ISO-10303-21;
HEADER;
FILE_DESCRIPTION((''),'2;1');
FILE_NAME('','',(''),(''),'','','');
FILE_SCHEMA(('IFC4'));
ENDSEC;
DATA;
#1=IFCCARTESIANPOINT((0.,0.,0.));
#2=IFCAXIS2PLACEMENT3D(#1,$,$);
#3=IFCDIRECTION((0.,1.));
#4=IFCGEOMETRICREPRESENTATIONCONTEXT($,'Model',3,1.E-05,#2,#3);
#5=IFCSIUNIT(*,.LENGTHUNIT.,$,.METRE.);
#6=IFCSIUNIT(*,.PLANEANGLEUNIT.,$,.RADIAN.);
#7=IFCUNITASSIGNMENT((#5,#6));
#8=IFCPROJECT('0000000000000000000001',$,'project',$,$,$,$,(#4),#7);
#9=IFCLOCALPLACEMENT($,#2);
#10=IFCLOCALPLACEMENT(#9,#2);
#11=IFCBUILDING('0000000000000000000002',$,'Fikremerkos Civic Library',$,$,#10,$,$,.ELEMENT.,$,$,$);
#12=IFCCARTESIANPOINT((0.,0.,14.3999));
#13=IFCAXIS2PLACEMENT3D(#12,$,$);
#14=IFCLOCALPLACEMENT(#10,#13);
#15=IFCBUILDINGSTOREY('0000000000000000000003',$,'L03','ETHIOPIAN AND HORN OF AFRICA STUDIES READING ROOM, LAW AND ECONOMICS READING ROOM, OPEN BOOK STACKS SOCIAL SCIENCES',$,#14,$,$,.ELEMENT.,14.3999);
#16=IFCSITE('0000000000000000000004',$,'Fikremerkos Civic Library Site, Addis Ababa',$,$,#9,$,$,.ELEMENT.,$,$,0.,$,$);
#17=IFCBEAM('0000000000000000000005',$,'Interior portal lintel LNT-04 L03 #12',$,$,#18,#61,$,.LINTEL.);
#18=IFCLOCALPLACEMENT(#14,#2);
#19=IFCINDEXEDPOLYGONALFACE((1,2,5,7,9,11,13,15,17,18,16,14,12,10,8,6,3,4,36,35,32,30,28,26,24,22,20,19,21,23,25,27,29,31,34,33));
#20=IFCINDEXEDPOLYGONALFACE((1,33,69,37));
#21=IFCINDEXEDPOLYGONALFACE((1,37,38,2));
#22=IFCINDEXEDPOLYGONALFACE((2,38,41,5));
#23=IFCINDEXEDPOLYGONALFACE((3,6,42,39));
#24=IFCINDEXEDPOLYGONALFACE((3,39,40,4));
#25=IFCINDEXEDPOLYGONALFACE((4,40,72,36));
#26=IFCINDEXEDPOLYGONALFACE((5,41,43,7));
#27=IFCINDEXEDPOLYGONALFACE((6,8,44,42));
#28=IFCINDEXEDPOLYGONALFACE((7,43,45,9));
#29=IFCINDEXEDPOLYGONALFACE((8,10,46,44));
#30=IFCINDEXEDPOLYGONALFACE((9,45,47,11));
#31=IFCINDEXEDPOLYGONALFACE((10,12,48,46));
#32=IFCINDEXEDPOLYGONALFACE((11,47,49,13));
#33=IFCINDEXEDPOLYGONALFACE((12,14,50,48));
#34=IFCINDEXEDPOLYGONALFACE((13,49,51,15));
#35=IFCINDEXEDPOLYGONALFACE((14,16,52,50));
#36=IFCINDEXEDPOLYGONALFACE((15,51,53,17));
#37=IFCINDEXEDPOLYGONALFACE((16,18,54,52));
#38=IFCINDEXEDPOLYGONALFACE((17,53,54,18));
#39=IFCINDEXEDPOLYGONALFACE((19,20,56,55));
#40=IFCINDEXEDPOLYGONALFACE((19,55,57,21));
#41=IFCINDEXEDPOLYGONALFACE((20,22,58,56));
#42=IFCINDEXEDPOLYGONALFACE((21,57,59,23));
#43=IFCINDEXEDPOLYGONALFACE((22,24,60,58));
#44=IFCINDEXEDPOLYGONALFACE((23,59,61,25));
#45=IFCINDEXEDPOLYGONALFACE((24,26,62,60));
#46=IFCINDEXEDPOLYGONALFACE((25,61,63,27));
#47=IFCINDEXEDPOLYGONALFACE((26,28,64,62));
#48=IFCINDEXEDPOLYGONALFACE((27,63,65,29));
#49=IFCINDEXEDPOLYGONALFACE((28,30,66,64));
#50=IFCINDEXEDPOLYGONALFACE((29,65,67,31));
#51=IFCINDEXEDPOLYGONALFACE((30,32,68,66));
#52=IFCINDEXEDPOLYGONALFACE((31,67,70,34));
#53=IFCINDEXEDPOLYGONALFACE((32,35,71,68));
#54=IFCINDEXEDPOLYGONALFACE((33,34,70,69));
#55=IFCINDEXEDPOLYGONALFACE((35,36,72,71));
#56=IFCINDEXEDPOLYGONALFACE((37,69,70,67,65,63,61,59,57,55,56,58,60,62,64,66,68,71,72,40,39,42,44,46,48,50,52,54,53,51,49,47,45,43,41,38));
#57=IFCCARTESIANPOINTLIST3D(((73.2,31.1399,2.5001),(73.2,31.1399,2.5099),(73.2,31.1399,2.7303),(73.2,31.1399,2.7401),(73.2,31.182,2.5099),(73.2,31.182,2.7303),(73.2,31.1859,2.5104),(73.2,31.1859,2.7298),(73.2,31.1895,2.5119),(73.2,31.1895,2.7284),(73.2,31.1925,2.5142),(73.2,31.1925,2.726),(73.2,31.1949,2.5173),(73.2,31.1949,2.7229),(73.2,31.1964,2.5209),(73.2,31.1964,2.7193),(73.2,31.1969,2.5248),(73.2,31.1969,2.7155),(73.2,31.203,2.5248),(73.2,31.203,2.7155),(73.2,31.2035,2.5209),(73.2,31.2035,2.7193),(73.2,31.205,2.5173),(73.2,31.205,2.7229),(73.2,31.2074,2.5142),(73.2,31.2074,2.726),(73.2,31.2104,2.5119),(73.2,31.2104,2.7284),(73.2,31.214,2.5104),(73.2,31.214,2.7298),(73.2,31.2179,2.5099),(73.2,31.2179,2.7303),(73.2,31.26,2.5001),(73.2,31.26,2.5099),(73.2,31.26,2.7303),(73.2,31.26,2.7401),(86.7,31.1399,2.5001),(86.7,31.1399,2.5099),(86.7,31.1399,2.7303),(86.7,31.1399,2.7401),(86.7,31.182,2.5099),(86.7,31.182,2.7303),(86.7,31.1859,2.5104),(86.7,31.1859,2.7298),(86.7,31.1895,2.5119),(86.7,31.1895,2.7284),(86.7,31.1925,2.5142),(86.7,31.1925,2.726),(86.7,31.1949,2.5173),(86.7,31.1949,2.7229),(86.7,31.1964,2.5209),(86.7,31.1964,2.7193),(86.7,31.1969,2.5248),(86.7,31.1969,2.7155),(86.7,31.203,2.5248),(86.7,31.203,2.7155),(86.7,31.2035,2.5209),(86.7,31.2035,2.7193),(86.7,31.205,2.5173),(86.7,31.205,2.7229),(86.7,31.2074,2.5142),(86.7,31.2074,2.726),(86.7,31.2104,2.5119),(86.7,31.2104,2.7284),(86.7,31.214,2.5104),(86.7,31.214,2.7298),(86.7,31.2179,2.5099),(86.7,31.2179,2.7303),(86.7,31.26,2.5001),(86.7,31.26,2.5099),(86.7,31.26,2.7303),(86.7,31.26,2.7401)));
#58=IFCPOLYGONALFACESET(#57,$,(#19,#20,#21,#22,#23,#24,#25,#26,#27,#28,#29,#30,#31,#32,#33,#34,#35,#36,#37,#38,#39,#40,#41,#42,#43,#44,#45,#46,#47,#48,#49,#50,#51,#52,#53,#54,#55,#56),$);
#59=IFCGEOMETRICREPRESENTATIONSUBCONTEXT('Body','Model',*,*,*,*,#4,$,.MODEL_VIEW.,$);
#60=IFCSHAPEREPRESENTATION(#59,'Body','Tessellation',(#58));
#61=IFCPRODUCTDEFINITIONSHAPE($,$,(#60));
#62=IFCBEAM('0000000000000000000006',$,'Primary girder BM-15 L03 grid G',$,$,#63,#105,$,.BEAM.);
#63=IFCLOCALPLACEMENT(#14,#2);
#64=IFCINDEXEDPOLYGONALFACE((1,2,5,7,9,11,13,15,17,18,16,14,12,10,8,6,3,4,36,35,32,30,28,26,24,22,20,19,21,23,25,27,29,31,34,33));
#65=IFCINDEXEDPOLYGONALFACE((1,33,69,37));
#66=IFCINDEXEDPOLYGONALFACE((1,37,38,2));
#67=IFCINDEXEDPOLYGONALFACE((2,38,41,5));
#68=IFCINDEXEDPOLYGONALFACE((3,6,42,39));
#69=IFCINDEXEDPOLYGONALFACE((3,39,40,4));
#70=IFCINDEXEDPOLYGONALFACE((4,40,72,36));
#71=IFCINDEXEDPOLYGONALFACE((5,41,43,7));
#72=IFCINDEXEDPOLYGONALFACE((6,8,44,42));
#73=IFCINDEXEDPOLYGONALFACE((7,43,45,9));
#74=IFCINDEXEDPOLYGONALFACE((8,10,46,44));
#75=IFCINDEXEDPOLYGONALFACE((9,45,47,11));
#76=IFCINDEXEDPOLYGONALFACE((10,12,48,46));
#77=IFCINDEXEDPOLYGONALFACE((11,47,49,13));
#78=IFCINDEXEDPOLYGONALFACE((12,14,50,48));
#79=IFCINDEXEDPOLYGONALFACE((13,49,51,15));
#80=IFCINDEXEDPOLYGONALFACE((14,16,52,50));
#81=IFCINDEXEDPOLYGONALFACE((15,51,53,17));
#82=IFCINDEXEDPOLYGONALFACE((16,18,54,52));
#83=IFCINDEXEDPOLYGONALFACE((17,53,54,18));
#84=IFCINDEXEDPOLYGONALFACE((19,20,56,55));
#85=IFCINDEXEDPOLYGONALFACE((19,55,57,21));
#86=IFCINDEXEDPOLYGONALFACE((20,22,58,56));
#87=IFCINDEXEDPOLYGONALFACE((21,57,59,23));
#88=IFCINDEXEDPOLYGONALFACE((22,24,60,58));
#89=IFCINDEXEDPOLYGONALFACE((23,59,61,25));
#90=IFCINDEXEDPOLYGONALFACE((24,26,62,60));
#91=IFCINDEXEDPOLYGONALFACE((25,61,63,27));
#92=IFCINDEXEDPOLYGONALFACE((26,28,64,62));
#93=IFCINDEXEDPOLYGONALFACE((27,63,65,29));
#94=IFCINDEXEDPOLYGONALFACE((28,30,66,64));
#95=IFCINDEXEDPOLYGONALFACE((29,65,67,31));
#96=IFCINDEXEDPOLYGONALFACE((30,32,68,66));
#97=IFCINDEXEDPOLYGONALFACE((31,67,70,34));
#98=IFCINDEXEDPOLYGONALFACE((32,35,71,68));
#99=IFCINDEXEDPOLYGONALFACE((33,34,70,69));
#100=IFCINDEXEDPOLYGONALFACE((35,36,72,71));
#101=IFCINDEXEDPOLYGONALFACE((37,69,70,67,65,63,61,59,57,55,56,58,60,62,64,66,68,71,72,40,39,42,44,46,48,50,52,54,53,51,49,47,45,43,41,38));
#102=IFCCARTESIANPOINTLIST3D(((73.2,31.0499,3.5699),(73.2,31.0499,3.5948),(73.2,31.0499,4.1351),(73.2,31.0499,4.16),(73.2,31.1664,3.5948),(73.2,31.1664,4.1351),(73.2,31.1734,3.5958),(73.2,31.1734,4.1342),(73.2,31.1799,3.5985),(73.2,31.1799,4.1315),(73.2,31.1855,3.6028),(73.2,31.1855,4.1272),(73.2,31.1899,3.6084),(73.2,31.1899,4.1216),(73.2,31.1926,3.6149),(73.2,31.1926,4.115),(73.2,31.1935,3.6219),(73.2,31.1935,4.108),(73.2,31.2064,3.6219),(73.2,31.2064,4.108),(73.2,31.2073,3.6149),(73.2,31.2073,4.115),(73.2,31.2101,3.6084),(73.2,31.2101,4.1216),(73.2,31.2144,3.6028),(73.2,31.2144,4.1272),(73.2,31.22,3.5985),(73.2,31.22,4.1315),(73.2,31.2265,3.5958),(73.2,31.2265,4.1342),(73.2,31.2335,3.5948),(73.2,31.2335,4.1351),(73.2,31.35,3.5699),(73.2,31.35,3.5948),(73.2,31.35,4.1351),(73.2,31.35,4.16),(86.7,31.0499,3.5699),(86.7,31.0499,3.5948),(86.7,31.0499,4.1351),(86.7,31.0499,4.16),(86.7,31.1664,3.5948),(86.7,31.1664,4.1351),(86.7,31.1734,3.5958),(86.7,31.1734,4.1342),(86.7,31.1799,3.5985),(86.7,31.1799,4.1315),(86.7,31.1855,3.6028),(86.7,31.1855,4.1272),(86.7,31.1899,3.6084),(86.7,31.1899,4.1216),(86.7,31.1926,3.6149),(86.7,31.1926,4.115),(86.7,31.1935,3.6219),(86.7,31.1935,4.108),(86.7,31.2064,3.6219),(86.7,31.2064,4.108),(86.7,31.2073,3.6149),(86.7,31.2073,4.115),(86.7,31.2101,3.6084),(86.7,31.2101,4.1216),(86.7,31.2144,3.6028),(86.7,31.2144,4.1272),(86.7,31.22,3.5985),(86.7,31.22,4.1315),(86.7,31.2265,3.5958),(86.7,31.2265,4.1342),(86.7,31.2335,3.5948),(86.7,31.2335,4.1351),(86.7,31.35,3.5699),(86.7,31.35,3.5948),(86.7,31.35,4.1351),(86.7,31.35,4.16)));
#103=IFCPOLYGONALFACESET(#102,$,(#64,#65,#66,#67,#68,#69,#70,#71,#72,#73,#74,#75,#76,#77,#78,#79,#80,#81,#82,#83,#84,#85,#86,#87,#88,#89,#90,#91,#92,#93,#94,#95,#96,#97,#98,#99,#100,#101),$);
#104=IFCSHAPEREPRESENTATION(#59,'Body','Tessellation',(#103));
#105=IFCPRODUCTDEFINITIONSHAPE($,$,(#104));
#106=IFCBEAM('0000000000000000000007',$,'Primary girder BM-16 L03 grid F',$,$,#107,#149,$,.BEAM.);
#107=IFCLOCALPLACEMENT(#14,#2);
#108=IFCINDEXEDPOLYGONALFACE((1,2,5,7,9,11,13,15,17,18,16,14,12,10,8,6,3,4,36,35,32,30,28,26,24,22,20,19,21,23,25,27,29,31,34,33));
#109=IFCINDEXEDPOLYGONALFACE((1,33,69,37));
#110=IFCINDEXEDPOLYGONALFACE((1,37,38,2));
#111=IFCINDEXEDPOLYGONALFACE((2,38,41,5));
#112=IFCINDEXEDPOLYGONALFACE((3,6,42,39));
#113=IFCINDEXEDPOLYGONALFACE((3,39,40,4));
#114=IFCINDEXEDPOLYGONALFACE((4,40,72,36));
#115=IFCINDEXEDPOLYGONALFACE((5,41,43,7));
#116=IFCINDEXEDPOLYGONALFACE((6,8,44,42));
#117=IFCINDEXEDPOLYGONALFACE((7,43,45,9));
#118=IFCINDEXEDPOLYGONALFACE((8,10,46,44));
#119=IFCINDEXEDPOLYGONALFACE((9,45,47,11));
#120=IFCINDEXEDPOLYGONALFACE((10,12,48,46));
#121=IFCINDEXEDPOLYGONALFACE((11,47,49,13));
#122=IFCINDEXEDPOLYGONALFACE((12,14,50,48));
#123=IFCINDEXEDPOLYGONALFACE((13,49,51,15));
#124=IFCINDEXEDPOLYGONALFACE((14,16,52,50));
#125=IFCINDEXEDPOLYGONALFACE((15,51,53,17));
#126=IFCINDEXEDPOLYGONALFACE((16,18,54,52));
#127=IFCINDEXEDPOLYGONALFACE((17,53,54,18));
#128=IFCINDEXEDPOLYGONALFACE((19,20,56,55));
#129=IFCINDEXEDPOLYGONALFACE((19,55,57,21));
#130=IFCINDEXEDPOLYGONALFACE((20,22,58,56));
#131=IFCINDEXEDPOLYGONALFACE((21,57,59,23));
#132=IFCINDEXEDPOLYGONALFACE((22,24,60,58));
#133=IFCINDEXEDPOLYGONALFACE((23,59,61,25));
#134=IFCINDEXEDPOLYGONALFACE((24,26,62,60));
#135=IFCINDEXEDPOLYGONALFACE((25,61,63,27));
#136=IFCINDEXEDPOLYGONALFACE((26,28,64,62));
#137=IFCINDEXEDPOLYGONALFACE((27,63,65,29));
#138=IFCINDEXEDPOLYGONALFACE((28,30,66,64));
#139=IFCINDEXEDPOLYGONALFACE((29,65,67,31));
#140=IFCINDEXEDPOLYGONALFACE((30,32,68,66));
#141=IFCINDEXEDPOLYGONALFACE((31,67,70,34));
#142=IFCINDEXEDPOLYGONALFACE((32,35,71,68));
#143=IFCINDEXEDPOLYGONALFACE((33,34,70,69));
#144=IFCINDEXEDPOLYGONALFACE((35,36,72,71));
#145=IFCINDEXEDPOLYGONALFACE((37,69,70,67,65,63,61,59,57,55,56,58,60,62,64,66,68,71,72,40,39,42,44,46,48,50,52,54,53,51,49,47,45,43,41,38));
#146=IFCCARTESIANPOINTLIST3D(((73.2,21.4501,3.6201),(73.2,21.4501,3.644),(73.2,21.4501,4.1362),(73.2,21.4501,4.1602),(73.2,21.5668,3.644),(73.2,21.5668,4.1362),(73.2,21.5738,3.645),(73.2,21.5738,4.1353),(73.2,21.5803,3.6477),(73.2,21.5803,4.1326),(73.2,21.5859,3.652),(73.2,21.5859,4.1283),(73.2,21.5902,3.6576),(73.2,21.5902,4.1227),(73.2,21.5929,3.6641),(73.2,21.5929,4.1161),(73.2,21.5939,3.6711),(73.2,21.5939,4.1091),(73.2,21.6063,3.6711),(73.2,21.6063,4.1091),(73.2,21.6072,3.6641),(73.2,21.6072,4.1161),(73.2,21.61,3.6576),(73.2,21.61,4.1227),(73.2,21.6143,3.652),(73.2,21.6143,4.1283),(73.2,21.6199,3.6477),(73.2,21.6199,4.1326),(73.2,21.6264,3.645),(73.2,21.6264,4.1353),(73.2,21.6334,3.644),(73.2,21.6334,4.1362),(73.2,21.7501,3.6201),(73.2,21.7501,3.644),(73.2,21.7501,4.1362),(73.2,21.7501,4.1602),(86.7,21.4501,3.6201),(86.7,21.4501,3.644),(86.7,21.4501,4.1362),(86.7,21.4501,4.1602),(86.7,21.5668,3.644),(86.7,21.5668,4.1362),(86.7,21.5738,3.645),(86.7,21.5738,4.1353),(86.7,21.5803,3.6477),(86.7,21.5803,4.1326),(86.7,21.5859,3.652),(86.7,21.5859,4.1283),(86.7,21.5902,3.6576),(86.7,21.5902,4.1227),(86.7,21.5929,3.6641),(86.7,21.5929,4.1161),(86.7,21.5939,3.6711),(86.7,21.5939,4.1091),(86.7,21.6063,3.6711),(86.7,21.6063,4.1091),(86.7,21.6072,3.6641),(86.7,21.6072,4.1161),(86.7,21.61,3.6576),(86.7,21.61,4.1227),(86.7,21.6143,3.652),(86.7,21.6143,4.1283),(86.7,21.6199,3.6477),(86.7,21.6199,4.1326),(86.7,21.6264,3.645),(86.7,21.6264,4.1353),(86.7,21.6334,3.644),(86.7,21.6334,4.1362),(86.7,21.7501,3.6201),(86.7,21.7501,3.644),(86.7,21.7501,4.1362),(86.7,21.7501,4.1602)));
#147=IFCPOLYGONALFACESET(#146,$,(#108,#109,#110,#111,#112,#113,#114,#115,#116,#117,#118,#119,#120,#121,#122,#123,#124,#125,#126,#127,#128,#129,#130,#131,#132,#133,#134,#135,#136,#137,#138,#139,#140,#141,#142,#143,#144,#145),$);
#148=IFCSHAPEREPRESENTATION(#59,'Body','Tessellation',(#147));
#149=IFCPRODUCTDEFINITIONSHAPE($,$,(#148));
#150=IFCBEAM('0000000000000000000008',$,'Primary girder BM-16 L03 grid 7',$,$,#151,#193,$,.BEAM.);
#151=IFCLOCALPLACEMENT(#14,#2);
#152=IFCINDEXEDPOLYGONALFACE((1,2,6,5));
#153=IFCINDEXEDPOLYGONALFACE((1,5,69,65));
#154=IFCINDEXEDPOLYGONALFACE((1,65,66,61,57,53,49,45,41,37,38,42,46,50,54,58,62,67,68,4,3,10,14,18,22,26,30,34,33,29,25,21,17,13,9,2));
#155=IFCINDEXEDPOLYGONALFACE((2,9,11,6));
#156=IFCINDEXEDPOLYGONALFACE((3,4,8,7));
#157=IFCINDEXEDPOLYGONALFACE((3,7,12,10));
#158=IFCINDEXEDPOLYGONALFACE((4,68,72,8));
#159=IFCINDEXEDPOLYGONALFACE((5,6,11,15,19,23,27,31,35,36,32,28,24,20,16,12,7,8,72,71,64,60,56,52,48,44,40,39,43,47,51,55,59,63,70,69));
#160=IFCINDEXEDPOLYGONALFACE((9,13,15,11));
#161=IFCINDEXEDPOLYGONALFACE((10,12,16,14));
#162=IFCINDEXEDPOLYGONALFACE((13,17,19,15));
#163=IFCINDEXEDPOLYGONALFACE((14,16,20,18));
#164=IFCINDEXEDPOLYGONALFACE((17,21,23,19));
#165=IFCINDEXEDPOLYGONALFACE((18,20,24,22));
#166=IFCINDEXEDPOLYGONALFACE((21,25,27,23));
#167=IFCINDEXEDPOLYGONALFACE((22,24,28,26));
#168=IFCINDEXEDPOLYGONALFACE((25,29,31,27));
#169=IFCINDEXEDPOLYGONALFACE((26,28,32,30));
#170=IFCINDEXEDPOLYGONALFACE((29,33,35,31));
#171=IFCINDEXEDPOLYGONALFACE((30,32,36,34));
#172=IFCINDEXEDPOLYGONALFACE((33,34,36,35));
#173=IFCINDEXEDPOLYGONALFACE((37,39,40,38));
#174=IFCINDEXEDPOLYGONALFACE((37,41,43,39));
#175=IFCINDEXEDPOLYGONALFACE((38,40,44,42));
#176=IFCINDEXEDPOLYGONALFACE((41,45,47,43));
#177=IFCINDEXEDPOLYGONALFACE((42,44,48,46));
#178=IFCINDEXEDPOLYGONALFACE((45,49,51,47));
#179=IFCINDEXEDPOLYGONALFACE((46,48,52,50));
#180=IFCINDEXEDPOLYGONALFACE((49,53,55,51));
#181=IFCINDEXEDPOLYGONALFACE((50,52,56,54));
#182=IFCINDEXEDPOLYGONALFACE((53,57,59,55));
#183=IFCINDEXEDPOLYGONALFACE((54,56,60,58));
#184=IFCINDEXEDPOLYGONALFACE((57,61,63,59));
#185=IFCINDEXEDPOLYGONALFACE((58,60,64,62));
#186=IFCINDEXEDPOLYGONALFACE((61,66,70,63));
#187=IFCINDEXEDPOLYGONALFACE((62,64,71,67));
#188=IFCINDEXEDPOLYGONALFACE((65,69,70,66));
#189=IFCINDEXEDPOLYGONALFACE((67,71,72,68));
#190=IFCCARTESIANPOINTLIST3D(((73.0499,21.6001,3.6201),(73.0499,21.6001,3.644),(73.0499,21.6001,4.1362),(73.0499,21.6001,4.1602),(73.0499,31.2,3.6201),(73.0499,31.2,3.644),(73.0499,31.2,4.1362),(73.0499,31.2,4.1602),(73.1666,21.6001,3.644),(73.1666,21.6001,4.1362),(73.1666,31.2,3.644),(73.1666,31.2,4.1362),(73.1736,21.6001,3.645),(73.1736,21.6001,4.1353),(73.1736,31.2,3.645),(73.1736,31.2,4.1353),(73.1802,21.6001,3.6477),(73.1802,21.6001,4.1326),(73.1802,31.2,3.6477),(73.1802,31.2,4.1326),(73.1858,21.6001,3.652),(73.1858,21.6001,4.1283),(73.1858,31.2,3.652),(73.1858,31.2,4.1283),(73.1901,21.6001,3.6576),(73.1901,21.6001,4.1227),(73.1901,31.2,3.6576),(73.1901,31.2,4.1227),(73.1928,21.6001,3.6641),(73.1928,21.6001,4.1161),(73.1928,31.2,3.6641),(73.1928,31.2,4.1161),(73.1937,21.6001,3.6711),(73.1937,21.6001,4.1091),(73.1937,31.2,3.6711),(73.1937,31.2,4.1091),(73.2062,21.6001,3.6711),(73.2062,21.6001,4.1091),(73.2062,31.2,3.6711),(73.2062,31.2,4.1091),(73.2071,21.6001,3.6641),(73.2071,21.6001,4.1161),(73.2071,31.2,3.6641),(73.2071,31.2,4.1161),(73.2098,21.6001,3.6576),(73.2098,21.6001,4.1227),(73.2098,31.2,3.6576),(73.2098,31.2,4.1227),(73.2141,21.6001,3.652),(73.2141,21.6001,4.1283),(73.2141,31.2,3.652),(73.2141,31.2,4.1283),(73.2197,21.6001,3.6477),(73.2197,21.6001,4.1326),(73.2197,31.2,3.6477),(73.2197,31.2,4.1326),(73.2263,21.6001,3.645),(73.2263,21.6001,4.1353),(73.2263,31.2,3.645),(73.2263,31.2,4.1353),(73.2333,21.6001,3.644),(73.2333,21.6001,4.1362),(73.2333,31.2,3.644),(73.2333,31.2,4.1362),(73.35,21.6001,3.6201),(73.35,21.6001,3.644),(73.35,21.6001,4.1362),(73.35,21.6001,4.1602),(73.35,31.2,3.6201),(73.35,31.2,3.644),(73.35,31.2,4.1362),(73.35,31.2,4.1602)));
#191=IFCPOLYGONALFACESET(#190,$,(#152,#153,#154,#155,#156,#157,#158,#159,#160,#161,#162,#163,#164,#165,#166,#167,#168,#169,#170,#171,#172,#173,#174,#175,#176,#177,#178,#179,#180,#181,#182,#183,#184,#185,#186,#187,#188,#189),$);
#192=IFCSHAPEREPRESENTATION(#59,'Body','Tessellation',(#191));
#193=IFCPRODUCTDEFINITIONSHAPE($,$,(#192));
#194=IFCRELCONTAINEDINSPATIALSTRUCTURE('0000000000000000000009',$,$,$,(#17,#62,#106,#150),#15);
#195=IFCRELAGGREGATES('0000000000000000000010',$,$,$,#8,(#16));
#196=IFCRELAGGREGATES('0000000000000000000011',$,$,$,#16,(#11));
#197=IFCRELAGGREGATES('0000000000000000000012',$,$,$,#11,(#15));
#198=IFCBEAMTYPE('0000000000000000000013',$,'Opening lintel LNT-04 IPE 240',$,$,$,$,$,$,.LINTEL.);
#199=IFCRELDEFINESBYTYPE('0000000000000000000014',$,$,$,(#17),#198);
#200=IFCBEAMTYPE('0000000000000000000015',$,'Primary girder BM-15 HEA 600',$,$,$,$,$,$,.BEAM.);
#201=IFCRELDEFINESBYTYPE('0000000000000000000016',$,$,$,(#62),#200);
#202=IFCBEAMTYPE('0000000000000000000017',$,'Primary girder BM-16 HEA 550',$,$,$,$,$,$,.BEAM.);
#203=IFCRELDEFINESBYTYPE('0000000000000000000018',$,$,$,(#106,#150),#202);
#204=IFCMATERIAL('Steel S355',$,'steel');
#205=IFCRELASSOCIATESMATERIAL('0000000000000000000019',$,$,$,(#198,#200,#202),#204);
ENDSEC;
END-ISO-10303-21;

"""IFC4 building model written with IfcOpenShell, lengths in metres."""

from ifc_helpers import new_model, si_unit, direction, frame, origin, origin_2d, place, context, subcontext, project, spatial, i_section, extrude, material, material_profile, profile_set, type_object, element, save


model = new_model("IFC4")

# Units and contexts
model_context = context("Model", 3, precision=1e-05, world=origin(), true_north=direction((0.0, 1.0)))
body_context = subcontext(model_context, "Body", "Model", "MODEL_VIEW")
ifc_project = project(units=[si_unit("LENGTHUNIT", "METRE"), si_unit("PLANEANGLEUNIT", "RADIAN")], contexts=[model_context])

# Site, building, storey
site_placement = place(None, origin())
site = spatial("IfcSite", under=ifc_project, at=site_placement, Name="Fikremerkos Civic Library Site, Addis Ababa", CompositionType="ELEMENT", RefElevation=0.0)
building_placement = place(site_placement, origin())
building = spatial("IfcBuilding", under=site, at=building_placement, Name="Fikremerkos Civic Library", CompositionType="ELEMENT")
storey_placement = place(building_placement, frame((0.0, 0.0, 14.3999)))
storey = spatial("IfcBuildingStorey", under=building, at=storey_placement, Name="L03", Description="ETHIOPIAN AND HORN OF AFRICA STUDIES READING ROOM, LAW AND ECONOMICS READING ROOM, OPEN BOOK STACKS SOCIAL SCIENCES", CompositionType="ELEMENT", Elevation=14.3999)

# Shared definitions
ifc_material_1 = material(Name="Steel S355", Category="steel")

# Beams
ifc_material_profile_1 = material_profile(ifc_material_1, i_section(OverallWidth=0.1201, OverallDepth=0.24, WebThickness=0.0061, FlangeThickness=0.0098, FilletRadius=0.0149, at=origin_2d()), Name="IPE 240")
ifc_profile_set_1 = profile_set([ifc_material_profile_1], Name="Steel S355")
beam_type_1 = type_object("IfcBeamType", Name="Opening lintel LNT-04 IPE 240", PredefinedType="LINTEL", material=ifc_profile_set_1)
beam_1_placement = place(storey_placement, frame((73.2, 31.2, 2.6201), z_axis=(1.0, 0.0, 0.0), x_axis=(0.0, 1.0, 0.0)))
element("IfcBeam", 1, at=beam_1_placement, inside=storey, type_object=beam_type_1, Name="Interior portal lintel LNT-04 L03 #12", PredefinedType="LINTEL", context=body_context, shape_type="SweptSolid", body=[
    extrude(i_section(OverallWidth=0.1201, OverallDepth=0.24, WebThickness=0.0061, FlangeThickness=0.0098, FilletRadius=0.0149, at=origin_2d()), origin(), (0.0, 0.0, 1.0), 13.5),
])
ifc_material_profile_2 = material_profile(ifc_material_1, i_section(OverallWidth=0.3, OverallDepth=0.5901, WebThickness=0.0129, FlangeThickness=0.0249, FilletRadius=0.0271, at=origin_2d()), Name="HEA 600")
ifc_profile_set_2 = profile_set([ifc_material_profile_2], Name="Steel S355")
beam_type_2 = type_object("IfcBeamType", Name="Primary girder BM-15 HEA 600", PredefinedType="BEAM", material=ifc_profile_set_2)
beam_2_placement = place(storey_placement, frame((73.2, 31.2, 3.865), z_axis=(1.0, 0.0, 0.0), x_axis=(0.0, 1.0, 0.0)))
element("IfcBeam", 2, at=beam_2_placement, inside=storey, type_object=beam_type_2, Name="Primary girder BM-15 L03 grid G", PredefinedType="BEAM", context=body_context, shape_type="SweptSolid", body=[
    extrude(i_section(OverallWidth=0.3, OverallDepth=0.5901, WebThickness=0.0129, FlangeThickness=0.0249, FilletRadius=0.0271, at=origin_2d()), origin(), (0.0, 0.0, 1.0), 13.5),
])
ifc_material_profile_3 = material_profile(ifc_material_1, i_section(OverallWidth=0.3, OverallDepth=0.54, WebThickness=0.0125, FlangeThickness=0.0239, FilletRadius=0.0271, at=origin_2d()), Name="HEA 550")
ifc_profile_set_3 = profile_set([ifc_material_profile_3], Name="Steel S355")
beam_type_3 = type_object("IfcBeamType", Name="Primary girder BM-16 HEA 550", PredefinedType="BEAM", material=ifc_profile_set_3)
beam_3_placement = place(storey_placement, frame((73.2, 21.6001, 3.8901), z_axis=(1.0, 0.0, 0.0), x_axis=(0.0, 1.0, 0.0)))
element("IfcBeam", 3, at=beam_3_placement, inside=storey, type_object=beam_type_3, Name="Primary girder BM-16 L03 grid F", PredefinedType="BEAM", context=body_context, shape_type="SweptSolid", body=[
    extrude(i_section(OverallWidth=0.3, OverallDepth=0.54, WebThickness=0.0125, FlangeThickness=0.0239, FilletRadius=0.0271, at=origin_2d()), origin(), (0.0, 0.0, 1.0), 13.5),
])
beam_4_placement = place(storey_placement, frame((73.2, 21.6001, 3.8901), z_axis=(0.0, 1.0, 0.0), x_axis=(-1.0, 0.0, 0.0)))
element("IfcBeam", 4, at=beam_4_placement, inside=storey, type_object=beam_type_3, Name="Primary girder BM-16 L03 grid 7", PredefinedType="BEAM", context=body_context, shape_type="SweptSolid", body=[
    extrude(i_section(OverallWidth=0.3, OverallDepth=0.54, WebThickness=0.0125, FlangeThickness=0.0239, FilletRadius=0.0271, at=origin_2d()), origin(), (0.0, 0.0, 1.0), 9.5999),
])

save(model, "model.ifc")
